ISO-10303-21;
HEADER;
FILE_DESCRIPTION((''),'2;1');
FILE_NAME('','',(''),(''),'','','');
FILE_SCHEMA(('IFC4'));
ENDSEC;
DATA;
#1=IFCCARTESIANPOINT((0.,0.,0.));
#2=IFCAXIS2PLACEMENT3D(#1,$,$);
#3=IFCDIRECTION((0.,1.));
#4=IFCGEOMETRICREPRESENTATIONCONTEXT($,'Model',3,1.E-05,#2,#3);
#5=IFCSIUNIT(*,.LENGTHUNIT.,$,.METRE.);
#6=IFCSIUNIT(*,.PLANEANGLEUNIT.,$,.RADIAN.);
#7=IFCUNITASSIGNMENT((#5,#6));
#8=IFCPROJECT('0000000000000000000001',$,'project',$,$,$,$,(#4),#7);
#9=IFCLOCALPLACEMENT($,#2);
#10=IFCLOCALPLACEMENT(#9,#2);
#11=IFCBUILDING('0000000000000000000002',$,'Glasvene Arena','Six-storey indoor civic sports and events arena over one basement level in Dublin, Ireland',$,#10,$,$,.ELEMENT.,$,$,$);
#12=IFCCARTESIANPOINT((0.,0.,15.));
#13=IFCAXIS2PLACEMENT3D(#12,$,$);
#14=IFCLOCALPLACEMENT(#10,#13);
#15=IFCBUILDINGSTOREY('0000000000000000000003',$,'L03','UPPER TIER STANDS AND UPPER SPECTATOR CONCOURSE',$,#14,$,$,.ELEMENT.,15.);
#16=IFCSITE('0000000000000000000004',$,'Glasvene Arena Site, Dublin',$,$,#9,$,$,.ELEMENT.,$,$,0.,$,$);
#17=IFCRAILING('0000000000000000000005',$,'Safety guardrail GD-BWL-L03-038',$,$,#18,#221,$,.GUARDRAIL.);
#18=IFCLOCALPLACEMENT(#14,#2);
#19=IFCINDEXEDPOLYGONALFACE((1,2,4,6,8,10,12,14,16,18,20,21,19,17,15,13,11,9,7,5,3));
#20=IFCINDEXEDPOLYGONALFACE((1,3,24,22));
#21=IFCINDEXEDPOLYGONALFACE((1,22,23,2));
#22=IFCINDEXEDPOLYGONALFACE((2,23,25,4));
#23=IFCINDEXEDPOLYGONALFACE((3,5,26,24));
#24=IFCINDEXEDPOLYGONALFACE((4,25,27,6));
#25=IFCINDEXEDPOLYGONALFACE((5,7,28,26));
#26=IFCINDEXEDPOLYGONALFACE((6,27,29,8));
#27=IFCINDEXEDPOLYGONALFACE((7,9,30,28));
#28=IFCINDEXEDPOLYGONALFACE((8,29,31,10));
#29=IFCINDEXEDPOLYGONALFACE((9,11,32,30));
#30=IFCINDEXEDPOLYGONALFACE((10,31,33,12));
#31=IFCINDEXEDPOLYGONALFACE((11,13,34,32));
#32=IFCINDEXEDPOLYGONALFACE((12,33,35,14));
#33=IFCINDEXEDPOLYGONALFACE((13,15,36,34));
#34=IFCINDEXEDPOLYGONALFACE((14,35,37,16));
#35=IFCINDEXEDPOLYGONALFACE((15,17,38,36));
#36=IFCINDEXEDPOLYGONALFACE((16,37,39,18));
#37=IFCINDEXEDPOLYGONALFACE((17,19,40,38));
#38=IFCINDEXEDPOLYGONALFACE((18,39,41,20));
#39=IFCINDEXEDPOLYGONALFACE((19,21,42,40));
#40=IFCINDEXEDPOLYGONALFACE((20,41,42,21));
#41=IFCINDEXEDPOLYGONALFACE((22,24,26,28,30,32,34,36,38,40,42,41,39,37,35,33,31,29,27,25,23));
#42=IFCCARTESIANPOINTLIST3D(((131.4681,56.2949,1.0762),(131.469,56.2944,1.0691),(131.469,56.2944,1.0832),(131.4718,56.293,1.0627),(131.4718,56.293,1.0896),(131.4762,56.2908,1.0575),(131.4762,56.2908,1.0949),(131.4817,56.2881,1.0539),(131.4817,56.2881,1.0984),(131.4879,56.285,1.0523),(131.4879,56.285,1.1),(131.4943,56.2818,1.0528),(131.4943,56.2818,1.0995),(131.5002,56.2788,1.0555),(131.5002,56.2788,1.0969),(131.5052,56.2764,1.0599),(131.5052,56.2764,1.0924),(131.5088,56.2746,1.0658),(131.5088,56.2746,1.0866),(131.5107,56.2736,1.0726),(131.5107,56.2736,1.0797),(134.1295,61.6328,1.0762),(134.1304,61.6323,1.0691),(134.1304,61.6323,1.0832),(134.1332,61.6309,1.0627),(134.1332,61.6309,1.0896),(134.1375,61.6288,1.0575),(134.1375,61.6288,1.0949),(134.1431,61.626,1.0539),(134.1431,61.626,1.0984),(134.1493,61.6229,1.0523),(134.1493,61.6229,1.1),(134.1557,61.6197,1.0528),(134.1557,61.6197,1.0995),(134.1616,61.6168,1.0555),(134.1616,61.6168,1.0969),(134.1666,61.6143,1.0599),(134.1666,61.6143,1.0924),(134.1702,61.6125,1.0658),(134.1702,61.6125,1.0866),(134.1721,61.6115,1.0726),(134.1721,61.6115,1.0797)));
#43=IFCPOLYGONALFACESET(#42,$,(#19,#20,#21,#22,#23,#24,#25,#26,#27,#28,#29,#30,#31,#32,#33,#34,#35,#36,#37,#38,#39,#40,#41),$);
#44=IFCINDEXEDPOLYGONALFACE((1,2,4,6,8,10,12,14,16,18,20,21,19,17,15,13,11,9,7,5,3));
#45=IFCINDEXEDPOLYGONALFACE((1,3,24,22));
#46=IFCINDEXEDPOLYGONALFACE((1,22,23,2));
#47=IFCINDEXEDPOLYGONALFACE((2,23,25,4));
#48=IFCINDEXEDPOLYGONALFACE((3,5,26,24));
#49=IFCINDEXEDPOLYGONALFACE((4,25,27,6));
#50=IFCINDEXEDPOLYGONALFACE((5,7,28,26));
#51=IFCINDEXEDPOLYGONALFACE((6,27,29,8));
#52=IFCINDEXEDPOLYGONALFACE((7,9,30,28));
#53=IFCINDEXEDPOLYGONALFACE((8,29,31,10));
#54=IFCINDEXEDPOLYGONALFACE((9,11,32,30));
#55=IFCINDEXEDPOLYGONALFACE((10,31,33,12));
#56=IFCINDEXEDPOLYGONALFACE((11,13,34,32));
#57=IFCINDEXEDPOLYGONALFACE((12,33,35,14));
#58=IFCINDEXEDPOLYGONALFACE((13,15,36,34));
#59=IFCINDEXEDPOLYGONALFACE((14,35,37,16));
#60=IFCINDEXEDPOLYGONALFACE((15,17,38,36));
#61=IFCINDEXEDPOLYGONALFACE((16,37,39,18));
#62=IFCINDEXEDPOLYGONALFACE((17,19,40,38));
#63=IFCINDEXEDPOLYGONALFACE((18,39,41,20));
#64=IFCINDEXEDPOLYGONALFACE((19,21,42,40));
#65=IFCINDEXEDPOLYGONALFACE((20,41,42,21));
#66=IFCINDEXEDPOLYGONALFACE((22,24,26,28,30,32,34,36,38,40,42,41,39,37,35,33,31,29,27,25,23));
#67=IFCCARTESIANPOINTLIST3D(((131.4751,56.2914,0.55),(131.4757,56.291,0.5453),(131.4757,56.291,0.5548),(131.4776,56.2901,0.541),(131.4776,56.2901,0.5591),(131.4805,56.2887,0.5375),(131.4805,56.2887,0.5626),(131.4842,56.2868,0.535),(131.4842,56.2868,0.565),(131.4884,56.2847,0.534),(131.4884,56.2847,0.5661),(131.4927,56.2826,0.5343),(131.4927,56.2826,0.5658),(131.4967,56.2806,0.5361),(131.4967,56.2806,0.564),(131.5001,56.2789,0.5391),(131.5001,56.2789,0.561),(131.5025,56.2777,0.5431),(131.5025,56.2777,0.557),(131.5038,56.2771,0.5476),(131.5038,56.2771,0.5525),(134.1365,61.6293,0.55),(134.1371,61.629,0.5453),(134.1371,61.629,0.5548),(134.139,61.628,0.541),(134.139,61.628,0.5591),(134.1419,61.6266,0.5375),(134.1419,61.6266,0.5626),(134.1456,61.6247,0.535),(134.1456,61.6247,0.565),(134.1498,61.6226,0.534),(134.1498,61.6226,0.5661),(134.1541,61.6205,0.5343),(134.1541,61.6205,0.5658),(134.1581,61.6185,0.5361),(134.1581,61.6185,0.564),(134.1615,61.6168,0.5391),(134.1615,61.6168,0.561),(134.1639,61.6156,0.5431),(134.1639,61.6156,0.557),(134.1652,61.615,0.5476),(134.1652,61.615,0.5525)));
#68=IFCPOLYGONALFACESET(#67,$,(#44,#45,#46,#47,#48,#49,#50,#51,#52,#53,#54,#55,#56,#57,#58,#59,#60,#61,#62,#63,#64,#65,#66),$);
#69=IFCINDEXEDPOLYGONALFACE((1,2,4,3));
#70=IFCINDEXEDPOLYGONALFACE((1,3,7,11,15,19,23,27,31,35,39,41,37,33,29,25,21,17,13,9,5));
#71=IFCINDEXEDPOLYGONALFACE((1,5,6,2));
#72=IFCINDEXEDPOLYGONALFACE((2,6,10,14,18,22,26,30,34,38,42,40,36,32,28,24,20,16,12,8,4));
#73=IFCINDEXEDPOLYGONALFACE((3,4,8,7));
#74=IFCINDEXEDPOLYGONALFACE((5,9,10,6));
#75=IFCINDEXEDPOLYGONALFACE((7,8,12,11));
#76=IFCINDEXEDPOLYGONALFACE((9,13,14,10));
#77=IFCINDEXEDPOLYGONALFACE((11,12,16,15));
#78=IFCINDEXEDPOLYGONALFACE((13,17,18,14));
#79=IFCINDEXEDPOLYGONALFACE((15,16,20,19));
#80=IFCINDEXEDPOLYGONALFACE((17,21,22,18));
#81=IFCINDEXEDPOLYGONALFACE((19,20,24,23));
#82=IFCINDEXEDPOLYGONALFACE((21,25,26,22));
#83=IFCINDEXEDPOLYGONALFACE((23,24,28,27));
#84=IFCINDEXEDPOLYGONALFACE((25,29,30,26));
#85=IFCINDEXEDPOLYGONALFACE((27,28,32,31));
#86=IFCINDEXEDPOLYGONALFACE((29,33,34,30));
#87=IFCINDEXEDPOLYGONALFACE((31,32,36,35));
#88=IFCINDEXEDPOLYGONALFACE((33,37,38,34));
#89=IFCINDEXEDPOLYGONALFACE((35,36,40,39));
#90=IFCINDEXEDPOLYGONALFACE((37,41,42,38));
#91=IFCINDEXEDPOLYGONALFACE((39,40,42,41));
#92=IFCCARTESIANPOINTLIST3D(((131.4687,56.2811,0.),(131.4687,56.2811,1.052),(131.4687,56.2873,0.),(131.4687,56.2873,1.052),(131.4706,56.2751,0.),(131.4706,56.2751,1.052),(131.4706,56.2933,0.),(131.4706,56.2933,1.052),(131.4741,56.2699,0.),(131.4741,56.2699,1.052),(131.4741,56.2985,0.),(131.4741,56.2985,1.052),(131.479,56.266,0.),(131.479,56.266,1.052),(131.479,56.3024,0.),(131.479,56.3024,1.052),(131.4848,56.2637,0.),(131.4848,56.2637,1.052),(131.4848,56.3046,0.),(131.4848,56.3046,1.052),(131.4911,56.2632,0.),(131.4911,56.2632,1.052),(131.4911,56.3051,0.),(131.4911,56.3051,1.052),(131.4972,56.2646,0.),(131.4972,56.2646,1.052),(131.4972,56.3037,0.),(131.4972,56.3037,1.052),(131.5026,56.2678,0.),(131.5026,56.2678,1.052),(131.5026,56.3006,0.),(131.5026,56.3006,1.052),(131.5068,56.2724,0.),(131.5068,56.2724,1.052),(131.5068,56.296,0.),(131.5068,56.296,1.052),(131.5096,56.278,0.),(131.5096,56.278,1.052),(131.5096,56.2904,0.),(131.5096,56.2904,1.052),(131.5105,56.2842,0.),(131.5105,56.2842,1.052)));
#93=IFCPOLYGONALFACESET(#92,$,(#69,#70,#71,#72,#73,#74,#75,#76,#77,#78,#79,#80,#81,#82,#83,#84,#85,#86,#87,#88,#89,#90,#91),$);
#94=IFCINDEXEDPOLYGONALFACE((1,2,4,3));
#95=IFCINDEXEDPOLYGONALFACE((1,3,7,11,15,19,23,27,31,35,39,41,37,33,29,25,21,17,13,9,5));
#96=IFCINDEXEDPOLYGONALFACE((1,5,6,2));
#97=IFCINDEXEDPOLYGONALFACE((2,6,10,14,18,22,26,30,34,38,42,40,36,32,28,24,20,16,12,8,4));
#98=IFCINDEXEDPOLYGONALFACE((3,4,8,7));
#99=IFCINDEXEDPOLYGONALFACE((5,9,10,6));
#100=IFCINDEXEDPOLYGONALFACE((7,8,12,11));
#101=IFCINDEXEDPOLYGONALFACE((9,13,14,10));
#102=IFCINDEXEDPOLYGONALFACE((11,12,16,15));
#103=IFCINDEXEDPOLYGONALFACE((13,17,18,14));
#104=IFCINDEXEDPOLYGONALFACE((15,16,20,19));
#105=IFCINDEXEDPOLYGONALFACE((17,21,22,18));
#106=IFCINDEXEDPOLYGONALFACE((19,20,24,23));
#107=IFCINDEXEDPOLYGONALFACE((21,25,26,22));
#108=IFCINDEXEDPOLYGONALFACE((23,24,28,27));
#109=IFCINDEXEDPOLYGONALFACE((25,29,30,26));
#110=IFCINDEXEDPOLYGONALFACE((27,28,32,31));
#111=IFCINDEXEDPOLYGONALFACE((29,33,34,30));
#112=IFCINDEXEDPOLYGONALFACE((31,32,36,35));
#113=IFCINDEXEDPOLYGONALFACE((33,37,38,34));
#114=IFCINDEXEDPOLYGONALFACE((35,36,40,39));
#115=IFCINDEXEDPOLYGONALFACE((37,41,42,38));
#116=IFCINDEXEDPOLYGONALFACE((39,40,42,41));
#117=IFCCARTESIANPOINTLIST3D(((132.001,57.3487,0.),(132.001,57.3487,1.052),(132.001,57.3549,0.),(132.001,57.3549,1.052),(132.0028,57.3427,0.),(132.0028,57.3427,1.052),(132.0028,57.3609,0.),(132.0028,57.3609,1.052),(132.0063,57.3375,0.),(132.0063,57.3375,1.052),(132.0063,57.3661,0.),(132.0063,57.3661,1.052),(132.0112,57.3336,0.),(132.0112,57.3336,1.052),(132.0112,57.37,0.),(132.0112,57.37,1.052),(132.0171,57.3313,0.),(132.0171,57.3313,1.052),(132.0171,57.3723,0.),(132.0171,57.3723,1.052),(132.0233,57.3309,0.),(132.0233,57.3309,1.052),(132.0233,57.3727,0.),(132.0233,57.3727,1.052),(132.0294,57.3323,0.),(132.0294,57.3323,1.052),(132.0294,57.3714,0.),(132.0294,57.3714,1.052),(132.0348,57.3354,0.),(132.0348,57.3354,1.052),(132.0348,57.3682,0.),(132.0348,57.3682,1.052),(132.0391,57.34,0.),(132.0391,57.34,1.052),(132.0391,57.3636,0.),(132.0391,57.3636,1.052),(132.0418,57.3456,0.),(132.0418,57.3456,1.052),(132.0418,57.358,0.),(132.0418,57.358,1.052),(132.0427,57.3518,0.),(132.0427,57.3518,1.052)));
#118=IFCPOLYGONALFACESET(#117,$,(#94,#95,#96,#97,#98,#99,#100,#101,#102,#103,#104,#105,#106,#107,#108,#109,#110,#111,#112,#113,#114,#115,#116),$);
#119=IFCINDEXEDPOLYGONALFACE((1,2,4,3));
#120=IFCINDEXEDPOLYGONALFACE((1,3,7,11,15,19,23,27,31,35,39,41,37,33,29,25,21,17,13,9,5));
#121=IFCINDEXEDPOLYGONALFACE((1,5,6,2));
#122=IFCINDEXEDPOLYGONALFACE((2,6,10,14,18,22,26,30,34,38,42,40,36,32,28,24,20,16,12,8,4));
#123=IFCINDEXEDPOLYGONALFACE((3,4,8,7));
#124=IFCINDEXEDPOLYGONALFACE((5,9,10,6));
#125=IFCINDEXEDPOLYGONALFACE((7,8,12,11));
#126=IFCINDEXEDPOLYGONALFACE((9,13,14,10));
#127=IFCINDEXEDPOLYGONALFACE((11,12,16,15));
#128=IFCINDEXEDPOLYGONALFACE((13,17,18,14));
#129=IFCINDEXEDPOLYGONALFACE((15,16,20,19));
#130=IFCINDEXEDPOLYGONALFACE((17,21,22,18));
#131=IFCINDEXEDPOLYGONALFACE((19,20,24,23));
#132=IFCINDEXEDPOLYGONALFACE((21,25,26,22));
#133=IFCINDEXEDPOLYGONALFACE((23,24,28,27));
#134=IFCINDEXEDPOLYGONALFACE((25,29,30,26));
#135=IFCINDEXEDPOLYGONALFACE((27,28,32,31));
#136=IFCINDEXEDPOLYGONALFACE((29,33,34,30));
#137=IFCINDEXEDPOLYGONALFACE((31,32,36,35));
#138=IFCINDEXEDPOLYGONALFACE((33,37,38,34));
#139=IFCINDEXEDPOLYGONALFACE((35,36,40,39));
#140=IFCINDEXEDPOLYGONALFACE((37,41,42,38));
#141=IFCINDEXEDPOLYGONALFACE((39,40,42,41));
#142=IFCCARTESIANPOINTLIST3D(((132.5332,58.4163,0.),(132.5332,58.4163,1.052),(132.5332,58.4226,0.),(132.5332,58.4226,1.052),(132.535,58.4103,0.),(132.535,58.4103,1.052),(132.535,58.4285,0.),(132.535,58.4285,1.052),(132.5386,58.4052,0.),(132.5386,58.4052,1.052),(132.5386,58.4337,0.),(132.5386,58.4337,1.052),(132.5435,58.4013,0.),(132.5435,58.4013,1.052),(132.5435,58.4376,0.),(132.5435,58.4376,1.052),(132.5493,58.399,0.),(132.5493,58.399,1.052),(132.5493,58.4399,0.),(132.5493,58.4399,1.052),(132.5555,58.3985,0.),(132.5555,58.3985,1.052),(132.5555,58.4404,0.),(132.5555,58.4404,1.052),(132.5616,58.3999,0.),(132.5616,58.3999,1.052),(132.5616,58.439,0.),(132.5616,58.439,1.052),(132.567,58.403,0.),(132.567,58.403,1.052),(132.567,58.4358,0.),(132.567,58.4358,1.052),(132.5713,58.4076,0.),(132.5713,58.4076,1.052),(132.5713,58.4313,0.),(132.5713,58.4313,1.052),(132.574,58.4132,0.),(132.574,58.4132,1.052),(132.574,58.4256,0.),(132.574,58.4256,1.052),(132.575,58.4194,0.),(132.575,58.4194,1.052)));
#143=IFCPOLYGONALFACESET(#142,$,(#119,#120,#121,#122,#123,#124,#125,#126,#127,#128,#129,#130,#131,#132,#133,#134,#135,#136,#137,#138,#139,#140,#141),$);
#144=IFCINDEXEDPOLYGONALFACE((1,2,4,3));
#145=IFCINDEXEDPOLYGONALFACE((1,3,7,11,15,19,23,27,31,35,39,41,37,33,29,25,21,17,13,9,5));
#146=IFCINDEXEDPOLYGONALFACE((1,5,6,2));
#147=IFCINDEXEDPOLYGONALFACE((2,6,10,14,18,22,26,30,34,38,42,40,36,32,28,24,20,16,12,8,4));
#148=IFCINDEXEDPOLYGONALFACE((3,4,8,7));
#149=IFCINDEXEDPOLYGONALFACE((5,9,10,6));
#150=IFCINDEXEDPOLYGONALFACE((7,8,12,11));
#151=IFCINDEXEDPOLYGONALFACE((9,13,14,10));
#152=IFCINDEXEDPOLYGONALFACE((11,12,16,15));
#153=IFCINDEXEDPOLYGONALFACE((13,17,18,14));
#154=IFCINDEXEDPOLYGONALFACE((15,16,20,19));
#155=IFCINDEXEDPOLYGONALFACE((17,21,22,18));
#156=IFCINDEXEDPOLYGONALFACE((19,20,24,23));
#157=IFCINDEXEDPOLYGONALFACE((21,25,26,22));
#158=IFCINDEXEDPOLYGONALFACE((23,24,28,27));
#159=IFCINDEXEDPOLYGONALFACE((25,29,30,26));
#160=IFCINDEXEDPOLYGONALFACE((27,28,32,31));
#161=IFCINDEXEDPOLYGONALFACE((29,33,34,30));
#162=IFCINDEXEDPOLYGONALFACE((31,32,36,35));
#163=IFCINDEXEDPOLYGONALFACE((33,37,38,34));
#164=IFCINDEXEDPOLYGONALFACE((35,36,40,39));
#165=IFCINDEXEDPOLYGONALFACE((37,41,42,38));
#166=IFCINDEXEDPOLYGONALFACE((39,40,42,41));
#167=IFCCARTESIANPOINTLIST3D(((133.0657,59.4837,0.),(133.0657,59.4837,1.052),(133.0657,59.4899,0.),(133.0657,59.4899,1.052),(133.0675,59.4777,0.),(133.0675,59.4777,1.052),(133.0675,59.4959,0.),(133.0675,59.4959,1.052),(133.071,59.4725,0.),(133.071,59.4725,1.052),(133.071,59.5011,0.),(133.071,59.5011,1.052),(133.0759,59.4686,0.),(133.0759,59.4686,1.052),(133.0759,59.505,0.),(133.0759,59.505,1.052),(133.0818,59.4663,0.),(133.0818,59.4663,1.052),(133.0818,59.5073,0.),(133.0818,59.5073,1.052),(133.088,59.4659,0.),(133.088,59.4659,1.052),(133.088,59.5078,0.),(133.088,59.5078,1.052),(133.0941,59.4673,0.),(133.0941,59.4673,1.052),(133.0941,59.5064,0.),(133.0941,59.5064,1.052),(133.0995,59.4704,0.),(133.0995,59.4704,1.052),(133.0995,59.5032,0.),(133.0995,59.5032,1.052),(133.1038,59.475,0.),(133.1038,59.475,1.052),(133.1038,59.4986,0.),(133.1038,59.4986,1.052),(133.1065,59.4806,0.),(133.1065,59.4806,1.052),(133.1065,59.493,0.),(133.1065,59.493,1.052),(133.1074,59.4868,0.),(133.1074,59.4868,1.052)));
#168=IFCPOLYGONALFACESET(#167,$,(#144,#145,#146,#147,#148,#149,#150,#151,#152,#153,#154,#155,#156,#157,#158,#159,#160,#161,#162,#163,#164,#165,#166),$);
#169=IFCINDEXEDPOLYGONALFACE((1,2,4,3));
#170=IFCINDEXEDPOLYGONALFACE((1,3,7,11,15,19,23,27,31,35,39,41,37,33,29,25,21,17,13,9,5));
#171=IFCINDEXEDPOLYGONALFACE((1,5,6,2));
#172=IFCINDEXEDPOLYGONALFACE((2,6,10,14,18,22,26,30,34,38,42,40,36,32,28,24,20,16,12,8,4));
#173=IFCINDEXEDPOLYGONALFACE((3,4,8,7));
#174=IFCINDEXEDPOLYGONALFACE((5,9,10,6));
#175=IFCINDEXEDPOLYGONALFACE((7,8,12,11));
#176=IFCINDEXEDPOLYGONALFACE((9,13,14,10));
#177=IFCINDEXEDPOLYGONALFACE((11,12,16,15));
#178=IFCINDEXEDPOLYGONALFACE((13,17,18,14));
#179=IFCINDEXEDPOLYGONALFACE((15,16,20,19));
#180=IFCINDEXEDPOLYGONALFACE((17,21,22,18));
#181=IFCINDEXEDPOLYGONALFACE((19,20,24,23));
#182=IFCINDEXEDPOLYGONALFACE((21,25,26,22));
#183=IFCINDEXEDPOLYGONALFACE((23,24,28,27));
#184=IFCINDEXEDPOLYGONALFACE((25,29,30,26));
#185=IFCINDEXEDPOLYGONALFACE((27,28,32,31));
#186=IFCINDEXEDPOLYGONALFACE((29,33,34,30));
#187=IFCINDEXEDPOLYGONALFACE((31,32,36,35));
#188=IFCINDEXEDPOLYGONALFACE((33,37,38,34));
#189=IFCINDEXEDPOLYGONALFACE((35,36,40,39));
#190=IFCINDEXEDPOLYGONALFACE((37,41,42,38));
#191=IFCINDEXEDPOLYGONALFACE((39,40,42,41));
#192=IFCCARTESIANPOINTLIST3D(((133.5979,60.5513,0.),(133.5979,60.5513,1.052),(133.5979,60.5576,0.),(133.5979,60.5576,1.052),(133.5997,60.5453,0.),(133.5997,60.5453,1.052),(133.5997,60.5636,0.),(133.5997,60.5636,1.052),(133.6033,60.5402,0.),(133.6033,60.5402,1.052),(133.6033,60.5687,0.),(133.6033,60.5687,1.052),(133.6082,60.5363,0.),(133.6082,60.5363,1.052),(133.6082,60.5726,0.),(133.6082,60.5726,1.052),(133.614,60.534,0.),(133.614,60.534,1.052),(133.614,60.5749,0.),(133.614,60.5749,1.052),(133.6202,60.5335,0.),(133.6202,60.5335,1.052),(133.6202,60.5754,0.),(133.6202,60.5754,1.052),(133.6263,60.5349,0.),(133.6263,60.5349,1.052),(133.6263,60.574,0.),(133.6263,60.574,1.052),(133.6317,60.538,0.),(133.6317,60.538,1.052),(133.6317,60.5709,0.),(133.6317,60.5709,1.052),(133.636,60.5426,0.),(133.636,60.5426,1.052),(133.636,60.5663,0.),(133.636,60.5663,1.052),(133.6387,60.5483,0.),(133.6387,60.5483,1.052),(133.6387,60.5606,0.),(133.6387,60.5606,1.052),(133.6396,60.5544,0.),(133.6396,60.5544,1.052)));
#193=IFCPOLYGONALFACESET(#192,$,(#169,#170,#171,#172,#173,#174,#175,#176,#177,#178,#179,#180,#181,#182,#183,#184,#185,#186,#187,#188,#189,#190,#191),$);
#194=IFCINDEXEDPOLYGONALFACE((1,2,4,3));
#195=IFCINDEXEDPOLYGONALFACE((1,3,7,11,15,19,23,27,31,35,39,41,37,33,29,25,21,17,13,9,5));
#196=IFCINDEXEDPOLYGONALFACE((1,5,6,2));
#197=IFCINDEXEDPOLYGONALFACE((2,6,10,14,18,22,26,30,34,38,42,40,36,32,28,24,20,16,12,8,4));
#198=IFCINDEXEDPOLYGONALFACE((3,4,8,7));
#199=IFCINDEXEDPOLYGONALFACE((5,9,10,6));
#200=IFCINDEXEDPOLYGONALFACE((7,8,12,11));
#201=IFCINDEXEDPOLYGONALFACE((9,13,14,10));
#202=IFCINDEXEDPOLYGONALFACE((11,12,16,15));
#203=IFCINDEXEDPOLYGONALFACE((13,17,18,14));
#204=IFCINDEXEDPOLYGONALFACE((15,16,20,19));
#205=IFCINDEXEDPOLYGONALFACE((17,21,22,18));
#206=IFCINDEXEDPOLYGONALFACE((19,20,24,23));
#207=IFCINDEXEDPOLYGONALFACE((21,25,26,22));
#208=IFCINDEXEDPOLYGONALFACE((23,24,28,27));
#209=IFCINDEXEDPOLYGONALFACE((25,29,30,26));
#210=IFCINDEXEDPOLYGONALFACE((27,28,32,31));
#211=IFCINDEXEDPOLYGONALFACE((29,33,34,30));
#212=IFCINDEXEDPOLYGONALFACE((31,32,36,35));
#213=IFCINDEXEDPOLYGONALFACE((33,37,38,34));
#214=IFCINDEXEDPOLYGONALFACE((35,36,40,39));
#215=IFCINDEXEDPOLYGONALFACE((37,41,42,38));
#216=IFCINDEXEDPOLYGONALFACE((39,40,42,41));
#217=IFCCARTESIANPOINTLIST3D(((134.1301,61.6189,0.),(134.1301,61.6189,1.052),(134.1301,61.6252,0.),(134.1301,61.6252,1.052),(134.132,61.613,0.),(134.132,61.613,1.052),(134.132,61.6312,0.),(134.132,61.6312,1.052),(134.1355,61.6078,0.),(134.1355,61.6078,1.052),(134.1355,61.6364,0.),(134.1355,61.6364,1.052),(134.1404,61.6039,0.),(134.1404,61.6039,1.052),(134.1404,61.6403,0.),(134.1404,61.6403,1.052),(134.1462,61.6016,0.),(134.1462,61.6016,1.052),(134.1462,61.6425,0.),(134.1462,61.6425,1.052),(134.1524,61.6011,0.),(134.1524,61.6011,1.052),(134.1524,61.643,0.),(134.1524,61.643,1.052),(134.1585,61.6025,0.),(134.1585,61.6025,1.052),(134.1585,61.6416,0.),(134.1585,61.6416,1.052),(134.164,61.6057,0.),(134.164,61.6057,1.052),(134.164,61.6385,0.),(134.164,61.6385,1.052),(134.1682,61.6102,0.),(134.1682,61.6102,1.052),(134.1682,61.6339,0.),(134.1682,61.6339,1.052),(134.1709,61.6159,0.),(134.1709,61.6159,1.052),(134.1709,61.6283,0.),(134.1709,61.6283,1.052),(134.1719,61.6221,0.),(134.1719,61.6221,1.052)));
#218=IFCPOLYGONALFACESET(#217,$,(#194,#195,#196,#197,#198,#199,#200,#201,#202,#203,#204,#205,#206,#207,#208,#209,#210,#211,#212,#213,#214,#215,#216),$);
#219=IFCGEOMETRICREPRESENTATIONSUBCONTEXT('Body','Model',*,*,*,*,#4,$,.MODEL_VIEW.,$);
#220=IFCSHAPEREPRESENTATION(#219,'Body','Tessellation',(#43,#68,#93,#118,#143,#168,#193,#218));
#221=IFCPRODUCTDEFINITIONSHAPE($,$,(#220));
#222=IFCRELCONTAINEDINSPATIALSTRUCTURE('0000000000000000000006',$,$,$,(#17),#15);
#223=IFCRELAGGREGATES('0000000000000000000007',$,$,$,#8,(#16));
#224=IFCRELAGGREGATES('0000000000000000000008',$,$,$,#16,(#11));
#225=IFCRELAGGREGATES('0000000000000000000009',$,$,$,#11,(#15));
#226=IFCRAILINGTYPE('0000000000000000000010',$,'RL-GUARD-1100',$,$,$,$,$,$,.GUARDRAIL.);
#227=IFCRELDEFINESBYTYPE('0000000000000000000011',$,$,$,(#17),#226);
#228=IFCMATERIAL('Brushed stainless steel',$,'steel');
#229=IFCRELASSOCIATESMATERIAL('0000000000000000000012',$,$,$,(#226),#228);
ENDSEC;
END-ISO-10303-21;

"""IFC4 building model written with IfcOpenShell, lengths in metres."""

from ifc_helpers import new_model, si_unit, direction, frame, origin, origin_2d, place, context, subcontext, project, spatial, circle, extrude, material, type_object, element, save


model = new_model("IFC4")

# Units and contexts
model_context = context("Model", 3, precision=1e-05, world=origin(), true_north=direction((0.0, 1.0)))
body_context = subcontext(model_context, "Body", "Model", "MODEL_VIEW")
ifc_project = project(units=[si_unit("LENGTHUNIT", "METRE"), si_unit("PLANEANGLEUNIT", "RADIAN")], contexts=[model_context])

# Site, building, storey
site_placement = place(None, origin())
site = spatial("IfcSite", under=ifc_project, at=site_placement, Name="Glasvene Arena Site, Dublin", CompositionType="ELEMENT", RefElevation=0.0)
building_placement = place(site_placement, origin())
building = spatial("IfcBuilding", under=site, at=building_placement, Name="Glasvene Arena", Description="Six-storey indoor civic sports and events arena over one basement level in Dublin, Ireland", CompositionType="ELEMENT")
storey_placement = place(building_placement, frame((0.0, 0.0, 15.0)))
storey = spatial("IfcBuildingStorey", under=building, at=storey_placement, Name="L03", Description="UPPER TIER STANDS AND UPPER SPECTATOR CONCOURSE", CompositionType="ELEMENT", Elevation=15.0)

# Railing
ifc_material_1 = material(Name="Brushed stainless steel", Category="steel")
railing_type_1 = type_object("IfcRailingType", Name="RL-GUARD-1100", PredefinedType="GUARDRAIL", material=ifc_material_1)
railing_1_placement = place(storey_placement, frame((131.4895, 56.2842, 0.0)))
element("IfcRailing", 1, at=railing_1_placement, inside=storey, type_object=railing_type_1, Name="Safety guardrail GD-BWL-L03-038", PredefinedType="GUARDRAIL", context=body_context, shape_type="SweptSolid", body=[
    extrude(circle(Radius=0.0239, at=origin_2d()), frame((0.0, 0.0, 1.0762), z_axis=(0.446198, 0.894934, 0.0), x_axis=(-0.894934, 0.446198, 0.0)), (0.0, 0.0, 1.0), 5.9646),
    extrude(circle(Radius=0.0161, at=origin_2d()), frame((0.0, 0.0, 0.55), z_axis=(0.446198, 0.894934, 0.0), x_axis=(-0.894934, 0.446198, 0.0)), (0.0, 0.0, 1.0), 5.9646),
    extrude(circle(Radius=0.021, at=origin_2d()), origin(), (0.0, 0.0, 1.0), 1.052),
    extrude(circle(Radius=0.021, at=origin_2d()), frame((0.5322, 1.0676, 0.0)), (0.0, 0.0, 1.0), 1.052),
    extrude(circle(Radius=0.021, at=origin_2d()), frame((1.0645, 2.1353, 0.0)), (0.0, 0.0, 1.0), 1.052),
    extrude(circle(Radius=0.021, at=origin_2d()), frame((1.5969, 3.2026, 0.0)), (0.0, 0.0, 1.0), 1.052),
    extrude(circle(Radius=0.021, at=origin_2d()), frame((2.1292, 4.2703, 0.0)), (0.0, 0.0, 1.0), 1.052),
    extrude(circle(Radius=0.021, at=origin_2d()), frame((2.6614, 5.3379, 0.0)), (0.0, 0.0, 1.0), 1.052),
])

save(model, "model.ifc")
